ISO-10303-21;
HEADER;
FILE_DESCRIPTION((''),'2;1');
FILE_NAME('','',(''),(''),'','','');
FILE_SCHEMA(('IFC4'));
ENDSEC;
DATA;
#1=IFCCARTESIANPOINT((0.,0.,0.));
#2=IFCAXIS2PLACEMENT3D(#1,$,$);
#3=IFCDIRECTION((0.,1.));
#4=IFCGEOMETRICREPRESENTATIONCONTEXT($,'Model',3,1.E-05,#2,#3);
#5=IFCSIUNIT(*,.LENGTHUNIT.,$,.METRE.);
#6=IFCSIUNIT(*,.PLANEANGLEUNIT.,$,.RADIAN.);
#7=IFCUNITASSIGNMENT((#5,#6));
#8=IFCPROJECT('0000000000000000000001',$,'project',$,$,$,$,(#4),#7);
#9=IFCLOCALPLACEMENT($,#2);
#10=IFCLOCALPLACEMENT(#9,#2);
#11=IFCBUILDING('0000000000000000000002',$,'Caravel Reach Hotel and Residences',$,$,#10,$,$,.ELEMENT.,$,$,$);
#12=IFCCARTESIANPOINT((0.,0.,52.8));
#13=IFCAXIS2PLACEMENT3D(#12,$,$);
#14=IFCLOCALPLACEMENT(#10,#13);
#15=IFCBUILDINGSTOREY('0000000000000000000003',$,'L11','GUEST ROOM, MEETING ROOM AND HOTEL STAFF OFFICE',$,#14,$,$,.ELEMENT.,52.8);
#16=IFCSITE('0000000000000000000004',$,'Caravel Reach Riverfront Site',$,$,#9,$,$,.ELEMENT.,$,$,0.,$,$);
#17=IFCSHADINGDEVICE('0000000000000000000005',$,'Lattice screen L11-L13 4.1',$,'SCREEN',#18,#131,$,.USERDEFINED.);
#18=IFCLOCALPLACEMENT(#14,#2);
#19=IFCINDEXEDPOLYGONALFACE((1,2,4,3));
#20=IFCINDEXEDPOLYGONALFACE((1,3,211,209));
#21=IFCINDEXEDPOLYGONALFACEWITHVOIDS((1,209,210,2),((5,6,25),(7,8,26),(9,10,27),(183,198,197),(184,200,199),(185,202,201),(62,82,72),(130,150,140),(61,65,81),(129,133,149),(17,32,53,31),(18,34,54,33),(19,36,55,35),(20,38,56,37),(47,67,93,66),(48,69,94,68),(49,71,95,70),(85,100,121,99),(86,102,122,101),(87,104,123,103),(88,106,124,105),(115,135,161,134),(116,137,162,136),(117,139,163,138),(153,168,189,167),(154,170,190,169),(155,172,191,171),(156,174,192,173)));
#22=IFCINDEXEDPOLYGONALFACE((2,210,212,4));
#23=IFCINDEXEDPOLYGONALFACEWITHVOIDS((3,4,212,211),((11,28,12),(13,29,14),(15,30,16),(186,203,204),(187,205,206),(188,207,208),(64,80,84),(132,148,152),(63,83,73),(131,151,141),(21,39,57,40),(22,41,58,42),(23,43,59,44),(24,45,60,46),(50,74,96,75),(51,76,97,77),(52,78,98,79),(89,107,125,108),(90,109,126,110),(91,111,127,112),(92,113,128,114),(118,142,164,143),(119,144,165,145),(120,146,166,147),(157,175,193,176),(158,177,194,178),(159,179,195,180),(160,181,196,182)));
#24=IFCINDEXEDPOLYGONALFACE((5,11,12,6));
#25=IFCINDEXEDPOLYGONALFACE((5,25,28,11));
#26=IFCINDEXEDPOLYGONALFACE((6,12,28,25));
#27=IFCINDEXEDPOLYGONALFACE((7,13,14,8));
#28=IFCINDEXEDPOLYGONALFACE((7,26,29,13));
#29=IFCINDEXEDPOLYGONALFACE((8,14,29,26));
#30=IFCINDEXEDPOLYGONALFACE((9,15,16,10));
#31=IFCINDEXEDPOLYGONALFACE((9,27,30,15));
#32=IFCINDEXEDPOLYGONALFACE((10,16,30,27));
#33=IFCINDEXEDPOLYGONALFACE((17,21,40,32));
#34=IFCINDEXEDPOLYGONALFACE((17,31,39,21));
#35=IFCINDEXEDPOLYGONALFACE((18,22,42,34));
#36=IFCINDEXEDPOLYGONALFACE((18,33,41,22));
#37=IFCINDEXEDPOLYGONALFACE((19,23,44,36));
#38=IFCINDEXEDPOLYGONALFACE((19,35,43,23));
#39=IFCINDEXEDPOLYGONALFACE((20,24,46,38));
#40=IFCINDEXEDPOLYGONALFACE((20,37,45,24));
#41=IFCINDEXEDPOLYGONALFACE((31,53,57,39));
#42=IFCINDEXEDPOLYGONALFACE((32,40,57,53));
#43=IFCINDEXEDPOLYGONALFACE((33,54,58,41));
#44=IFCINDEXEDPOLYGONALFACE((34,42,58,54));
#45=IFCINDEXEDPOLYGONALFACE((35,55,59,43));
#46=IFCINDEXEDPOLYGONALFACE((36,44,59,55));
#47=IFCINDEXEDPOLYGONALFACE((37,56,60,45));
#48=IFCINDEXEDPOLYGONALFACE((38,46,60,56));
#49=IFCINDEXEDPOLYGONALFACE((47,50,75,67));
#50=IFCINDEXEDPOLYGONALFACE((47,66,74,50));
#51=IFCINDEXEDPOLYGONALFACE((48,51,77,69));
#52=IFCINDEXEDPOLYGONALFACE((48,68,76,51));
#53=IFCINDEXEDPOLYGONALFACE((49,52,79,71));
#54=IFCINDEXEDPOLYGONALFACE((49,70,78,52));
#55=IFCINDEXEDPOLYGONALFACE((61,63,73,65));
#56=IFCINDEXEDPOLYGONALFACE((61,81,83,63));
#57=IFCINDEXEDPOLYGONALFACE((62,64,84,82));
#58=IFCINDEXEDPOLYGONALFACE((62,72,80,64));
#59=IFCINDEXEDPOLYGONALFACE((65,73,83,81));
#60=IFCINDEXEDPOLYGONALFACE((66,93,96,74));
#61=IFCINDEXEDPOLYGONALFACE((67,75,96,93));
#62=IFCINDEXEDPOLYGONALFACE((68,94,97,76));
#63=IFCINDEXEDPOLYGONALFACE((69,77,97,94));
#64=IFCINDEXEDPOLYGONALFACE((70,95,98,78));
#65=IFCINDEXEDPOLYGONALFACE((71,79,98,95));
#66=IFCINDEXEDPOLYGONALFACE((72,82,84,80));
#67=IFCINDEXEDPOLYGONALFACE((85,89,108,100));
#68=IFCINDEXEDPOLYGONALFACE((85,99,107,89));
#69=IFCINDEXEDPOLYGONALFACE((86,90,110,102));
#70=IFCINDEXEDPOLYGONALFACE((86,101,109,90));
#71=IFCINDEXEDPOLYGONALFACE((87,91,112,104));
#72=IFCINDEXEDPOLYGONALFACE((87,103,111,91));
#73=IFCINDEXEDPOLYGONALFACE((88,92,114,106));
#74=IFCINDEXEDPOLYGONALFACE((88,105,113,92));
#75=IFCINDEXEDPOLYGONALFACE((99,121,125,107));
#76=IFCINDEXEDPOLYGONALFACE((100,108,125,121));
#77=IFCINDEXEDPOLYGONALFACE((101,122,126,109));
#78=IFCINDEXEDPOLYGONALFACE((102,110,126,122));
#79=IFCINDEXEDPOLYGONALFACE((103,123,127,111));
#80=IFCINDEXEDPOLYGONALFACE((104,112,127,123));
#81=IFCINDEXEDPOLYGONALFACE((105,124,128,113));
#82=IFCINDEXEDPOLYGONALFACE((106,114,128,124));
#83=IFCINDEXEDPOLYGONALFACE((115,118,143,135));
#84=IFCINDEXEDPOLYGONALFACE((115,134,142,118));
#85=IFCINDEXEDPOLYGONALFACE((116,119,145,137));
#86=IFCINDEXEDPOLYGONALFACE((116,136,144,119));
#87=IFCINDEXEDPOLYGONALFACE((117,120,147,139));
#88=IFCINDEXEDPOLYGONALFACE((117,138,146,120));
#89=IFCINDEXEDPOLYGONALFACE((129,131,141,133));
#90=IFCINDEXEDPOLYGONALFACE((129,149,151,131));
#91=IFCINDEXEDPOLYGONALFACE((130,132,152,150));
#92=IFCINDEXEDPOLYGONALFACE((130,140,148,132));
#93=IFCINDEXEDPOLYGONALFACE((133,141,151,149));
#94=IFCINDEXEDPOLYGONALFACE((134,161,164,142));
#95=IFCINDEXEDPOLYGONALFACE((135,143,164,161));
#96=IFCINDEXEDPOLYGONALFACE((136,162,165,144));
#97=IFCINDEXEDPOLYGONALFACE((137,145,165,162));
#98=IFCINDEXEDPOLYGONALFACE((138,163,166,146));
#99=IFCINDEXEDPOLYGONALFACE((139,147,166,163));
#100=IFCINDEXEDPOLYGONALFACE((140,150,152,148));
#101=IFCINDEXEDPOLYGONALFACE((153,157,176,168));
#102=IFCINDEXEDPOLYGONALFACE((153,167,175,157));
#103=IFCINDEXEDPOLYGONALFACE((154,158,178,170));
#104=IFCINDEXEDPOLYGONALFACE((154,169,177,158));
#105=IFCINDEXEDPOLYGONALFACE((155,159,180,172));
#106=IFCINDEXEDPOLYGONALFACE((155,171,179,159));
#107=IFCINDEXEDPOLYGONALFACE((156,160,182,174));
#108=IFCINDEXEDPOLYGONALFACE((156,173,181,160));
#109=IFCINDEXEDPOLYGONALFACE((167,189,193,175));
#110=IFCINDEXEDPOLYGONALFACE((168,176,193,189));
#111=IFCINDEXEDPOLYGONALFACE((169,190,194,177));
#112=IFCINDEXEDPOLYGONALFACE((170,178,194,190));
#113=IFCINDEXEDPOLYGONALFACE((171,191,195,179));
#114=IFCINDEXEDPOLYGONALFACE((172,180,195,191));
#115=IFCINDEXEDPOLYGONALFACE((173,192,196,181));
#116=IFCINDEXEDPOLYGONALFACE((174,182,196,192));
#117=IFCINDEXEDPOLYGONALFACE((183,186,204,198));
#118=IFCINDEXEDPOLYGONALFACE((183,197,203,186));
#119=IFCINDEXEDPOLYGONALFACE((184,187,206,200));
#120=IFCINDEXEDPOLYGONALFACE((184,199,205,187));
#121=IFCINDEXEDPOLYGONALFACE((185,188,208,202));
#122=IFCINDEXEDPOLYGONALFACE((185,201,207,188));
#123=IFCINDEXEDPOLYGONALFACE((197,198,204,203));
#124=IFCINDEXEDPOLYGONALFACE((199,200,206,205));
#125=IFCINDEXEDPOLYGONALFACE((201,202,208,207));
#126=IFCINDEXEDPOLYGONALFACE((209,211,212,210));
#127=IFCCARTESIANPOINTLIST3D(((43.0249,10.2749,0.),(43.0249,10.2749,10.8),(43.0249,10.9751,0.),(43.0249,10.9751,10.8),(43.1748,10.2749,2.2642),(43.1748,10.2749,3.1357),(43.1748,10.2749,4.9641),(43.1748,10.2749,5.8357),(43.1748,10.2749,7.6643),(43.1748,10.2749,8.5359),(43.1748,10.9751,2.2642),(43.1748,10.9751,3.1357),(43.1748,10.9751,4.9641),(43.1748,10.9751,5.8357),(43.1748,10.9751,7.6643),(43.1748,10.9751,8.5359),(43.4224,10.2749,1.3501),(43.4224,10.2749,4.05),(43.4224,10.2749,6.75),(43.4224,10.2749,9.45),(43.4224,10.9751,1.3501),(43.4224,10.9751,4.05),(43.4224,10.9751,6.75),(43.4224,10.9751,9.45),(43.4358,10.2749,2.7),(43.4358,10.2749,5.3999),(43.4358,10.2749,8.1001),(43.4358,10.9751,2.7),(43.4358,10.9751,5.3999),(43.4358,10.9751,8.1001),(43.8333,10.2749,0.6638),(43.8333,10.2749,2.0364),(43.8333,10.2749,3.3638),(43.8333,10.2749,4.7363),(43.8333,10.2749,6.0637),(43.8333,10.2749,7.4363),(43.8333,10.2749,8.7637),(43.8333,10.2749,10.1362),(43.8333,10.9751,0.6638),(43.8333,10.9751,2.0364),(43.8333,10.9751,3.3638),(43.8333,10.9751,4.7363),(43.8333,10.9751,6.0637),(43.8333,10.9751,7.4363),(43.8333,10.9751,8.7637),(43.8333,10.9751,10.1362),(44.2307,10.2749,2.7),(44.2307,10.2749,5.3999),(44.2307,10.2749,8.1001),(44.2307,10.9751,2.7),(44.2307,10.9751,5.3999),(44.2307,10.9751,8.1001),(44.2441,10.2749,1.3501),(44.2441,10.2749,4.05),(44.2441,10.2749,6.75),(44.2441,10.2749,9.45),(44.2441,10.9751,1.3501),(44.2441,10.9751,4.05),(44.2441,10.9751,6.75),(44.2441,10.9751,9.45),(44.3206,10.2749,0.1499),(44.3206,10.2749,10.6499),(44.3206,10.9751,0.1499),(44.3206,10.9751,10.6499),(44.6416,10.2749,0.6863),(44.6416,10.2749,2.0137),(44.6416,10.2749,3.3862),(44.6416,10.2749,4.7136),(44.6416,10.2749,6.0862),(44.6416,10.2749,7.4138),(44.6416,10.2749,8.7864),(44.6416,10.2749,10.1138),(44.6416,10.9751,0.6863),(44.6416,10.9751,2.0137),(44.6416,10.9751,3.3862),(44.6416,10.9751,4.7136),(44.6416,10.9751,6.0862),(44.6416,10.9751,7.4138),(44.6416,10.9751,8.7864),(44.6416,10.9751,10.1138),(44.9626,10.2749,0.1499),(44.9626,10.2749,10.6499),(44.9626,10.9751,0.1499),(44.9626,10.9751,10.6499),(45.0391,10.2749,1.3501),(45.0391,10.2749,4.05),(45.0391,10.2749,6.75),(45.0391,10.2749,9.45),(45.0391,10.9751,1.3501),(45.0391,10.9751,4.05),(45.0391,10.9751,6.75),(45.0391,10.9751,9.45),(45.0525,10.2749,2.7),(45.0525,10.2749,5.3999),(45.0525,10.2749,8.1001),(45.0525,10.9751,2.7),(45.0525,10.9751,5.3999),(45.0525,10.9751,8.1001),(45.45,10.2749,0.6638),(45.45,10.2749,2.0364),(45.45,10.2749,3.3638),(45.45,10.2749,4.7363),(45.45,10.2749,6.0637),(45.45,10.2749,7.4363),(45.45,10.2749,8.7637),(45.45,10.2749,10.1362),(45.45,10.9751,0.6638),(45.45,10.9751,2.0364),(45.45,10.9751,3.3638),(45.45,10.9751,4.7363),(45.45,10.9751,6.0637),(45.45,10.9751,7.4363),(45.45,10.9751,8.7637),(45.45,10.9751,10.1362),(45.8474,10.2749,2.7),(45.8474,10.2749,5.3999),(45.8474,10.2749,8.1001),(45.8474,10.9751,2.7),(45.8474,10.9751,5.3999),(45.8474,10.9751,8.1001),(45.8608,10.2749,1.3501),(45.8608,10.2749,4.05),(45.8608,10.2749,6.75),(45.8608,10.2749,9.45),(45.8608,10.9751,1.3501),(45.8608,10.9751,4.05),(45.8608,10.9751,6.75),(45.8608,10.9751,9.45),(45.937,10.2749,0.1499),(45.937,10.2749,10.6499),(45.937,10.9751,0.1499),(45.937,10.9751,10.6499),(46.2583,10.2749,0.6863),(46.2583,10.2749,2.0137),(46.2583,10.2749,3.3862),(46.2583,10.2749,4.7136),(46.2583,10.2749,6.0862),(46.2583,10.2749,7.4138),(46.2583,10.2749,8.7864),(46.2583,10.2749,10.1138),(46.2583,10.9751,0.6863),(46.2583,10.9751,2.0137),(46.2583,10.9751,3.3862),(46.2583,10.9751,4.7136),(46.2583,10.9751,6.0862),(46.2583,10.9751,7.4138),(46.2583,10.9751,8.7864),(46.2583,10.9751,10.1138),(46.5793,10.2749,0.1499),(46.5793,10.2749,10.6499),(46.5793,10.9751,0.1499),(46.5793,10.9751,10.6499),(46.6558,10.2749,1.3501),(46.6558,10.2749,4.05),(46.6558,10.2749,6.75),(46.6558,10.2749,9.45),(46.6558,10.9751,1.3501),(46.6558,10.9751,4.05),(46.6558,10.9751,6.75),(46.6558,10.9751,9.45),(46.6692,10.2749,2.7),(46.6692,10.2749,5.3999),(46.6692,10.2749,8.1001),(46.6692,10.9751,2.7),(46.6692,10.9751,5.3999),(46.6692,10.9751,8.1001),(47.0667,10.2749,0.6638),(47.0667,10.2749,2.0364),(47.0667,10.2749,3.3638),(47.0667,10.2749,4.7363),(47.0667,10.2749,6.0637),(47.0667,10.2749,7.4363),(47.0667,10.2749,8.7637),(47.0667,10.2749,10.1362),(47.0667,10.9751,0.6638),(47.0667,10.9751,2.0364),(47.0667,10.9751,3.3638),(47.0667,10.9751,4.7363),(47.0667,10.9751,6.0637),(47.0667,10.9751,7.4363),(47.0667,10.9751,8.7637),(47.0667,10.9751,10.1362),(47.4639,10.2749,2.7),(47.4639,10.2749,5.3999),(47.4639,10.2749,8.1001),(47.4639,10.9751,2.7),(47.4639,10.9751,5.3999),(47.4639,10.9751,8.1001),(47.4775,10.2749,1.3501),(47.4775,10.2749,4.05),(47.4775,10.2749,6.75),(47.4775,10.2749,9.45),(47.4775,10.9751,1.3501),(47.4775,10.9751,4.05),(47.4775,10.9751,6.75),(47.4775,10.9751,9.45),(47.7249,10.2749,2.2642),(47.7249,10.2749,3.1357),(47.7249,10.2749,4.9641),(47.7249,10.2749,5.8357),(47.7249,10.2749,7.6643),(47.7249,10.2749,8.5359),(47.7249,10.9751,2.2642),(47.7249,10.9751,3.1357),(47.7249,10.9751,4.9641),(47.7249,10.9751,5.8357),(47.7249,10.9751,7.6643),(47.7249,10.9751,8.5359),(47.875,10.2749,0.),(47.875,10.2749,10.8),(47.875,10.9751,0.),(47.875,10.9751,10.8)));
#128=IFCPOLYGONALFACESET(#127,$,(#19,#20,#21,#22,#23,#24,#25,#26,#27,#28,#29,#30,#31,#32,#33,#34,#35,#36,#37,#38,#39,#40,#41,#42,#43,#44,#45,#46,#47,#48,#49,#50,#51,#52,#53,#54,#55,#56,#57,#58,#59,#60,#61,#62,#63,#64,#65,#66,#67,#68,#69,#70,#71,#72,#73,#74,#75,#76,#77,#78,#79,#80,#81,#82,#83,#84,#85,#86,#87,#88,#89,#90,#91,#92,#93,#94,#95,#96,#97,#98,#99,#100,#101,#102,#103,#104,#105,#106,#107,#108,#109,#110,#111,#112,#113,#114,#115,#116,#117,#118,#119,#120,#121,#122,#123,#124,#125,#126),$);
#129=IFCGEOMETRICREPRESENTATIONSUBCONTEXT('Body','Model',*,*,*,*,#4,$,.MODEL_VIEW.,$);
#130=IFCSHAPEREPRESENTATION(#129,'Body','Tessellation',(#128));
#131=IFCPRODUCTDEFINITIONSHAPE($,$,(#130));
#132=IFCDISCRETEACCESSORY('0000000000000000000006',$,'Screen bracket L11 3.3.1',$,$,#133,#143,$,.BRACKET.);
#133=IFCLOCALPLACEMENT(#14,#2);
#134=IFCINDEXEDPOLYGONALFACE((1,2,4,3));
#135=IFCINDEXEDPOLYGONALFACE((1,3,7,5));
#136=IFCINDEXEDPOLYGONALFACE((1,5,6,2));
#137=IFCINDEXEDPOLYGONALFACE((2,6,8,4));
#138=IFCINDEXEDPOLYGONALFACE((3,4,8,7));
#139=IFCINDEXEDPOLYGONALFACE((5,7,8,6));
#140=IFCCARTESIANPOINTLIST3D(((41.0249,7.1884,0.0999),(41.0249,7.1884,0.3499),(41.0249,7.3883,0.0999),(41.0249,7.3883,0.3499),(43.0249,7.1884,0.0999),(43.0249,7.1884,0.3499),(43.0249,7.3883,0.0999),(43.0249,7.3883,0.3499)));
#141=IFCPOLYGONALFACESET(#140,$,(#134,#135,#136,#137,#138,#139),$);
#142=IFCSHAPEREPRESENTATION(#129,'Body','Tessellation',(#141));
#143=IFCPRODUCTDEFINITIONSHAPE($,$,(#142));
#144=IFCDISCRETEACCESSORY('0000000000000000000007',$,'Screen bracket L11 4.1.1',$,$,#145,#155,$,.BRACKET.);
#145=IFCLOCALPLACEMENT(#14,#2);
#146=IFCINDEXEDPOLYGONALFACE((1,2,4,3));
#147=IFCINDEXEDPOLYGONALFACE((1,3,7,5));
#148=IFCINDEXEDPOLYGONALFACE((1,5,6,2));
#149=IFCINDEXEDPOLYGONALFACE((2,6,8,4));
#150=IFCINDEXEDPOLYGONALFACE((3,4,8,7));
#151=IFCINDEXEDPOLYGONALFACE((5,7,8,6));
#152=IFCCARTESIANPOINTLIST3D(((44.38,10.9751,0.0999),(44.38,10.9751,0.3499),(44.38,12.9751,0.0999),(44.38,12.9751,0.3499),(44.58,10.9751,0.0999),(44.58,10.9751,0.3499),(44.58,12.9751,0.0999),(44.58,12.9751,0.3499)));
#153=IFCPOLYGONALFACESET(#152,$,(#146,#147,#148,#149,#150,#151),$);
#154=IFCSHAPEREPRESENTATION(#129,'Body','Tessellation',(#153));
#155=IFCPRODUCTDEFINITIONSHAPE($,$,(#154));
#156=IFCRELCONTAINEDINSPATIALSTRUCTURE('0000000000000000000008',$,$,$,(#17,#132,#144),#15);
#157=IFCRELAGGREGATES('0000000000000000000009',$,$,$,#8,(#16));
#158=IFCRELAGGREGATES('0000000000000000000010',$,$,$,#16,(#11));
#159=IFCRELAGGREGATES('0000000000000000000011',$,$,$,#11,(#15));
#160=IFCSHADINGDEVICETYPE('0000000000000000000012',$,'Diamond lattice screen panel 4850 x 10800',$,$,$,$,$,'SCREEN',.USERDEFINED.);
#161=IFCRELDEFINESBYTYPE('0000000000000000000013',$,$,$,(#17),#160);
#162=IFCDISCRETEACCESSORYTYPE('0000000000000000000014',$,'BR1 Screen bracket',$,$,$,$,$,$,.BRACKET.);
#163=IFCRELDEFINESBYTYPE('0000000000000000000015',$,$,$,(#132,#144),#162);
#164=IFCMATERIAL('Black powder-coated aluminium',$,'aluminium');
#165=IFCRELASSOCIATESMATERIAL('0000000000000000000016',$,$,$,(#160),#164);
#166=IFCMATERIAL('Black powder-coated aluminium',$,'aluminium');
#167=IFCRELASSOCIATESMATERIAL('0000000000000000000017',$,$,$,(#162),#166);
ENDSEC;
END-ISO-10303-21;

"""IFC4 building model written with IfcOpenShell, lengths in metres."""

from ifc_helpers import new_model, si_unit, direction, frame, origin, origin_2d, place, context, subcontext, project, spatial, polyline, rectangle, outline, extrude, material, type_object, element, save


model = new_model("IFC4")

# Units and contexts
model_context = context("Model", 3, precision=1e-05, world=origin(), true_north=direction((0.0, 1.0)))
body_context = subcontext(model_context, "Body", "Model", "MODEL_VIEW")
ifc_project = project(units=[si_unit("LENGTHUNIT", "METRE"), si_unit("PLANEANGLEUNIT", "RADIAN")], contexts=[model_context])

# Site, building, storey
site_placement = place(None, origin())
site = spatial("IfcSite", under=ifc_project, at=site_placement, Name="Caravel Reach Riverfront Site", CompositionType="ELEMENT", RefElevation=0.0)
building_placement = place(site_placement, origin())
building = spatial("IfcBuilding", under=site, at=building_placement, Name="Caravel Reach Hotel and Residences", CompositionType="ELEMENT")
storey_placement = place(building_placement, frame((0.0, 0.0, 52.8)))
storey = spatial("IfcBuildingStorey", under=building, at=storey_placement, Name="L11", Description="GUEST ROOM, MEETING ROOM AND HOTEL STAFF OFFICE", CompositionType="ELEMENT", Elevation=52.8)

# Shading device
ifc_material_1 = material(Name="Black powder-coated aluminium", Category="aluminium")
shading_device_type_1 = type_object("IfcShadingDeviceType", Name="Diamond lattice screen panel 4850 x 10800", ElementType="SCREEN", PredefinedType="USERDEFINED", material=ifc_material_1)
shading_device_1_placement = place(storey_placement, frame((43.0249, 10.9751, 0.0), z_axis=(0.0, -1.0, 0.0), x_axis=(1.0, 0.0, 0.0)))
element("IfcShadingDevice", 1, at=shading_device_1_placement, inside=storey, type_object=shading_device_type_1, Name="Lattice screen L11-L13 4.1", ObjectType="SCREEN", PredefinedType="USERDEFINED", context=body_context, shape_type="SweptSolid", body=[
    extrude(outline(polyline([(0.0, 0.0), (4.8501, 0.0), (4.8501, 10.8), (0.0, 10.8), (0.0, 0.0)]), holes=[polyline([(0.4109, 2.7), (0.1499, 3.1357), (0.1499, 2.2642), (0.4109, 2.7)]), polyline([(0.4109, 5.3999), (0.1499, 5.8357), (0.1499, 4.9641), (0.4109, 5.3999)]), polyline([(0.4109, 8.1001), (0.1499, 8.5359), (0.1499, 7.6643), (0.4109, 8.1001)]), polyline([(0.8083, 2.0364), (0.3975, 1.3501), (0.8083, 0.6638), (1.2192, 1.3501), (0.8083, 2.0364)]), polyline([(0.8083, 4.7363), (0.3975, 4.05), (0.8083, 3.3638), (1.2192, 4.05), (0.8083, 4.7363)]), polyline([(0.8083, 7.4363), (0.3975, 6.75), (0.8083, 6.0637), (1.2192, 6.75), (0.8083, 7.4363)]), polyline([(0.8083, 10.1362), (0.3975, 9.45), (0.8083, 8.7637), (1.2192, 9.45), (0.8083, 10.1362)]), polyline([(1.6167, 0.6863), (1.2957, 0.1499), (1.9377, 0.1499), (1.6167, 0.6863)]), polyline([(1.6167, 3.3862), (1.2058, 2.7), (1.6167, 2.0137), (2.0276, 2.7), (1.6167, 3.3862)]), polyline([(1.6167, 6.0862), (1.2058, 5.3999), (1.6167, 4.7136), (2.0276, 5.3999), (1.6167, 6.0862)]), polyline([(1.6167, 8.7864), (1.2058, 8.1001), (1.6167, 7.4138), (2.0276, 8.1001), (1.6167, 8.7864)]), polyline([(1.6167, 10.1138), (1.9377, 10.6499), (1.2957, 10.6499), (1.6167, 10.1138)]), polyline([(2.425, 2.0364), (2.0142, 1.3501), (2.425, 0.6638), (2.8359, 1.3501), (2.425, 2.0364)]), polyline([(2.425, 4.7363), (2.0142, 4.05), (2.425, 3.3638), (2.8359, 4.05), (2.425, 4.7363)]), polyline([(2.425, 7.4363), (2.0142, 6.75), (2.425, 6.0637), (2.8359, 6.75), (2.425, 7.4363)]), polyline([(2.425, 10.1362), (2.0142, 9.45), (2.425, 8.7637), (2.8359, 9.45), (2.425, 10.1362)]), polyline([(3.2334, 0.6863), (2.9121, 0.1499), (3.5544, 0.1499), (3.2334, 0.6863)]), polyline([(3.2334, 3.3862), (2.8225, 2.7), (3.2334, 2.0137), (3.6443, 2.7), (3.2334, 3.3862)]), polyline([(3.2334, 6.0862), (2.8225, 5.3999), (3.2334, 4.7136), (3.6443, 5.3999), (3.2334, 6.0862)]), polyline([(3.2334, 8.7864), (2.8225, 8.1001), (3.2334, 7.4138), (3.6443, 8.1001), (3.2334, 8.7864)]), polyline([(3.2334, 10.1138), (3.5544, 10.6499), (2.9121, 10.6499), (3.2334, 10.1138)]), polyline([(4.0417, 2.0364), (3.6309, 1.3501), (4.0417, 0.6638), (4.4526, 1.3501), (4.0417, 2.0364)]), polyline([(4.0417, 4.7363), (3.6309, 4.05), (4.0417, 3.3638), (4.4526, 4.05), (4.0417, 4.7363)]), polyline([(4.0417, 7.4363), (3.6309, 6.75), (4.0417, 6.0637), (4.4526, 6.75), (4.0417, 7.4363)]), polyline([(4.0417, 10.1362), (3.6309, 9.45), (4.0417, 8.7637), (4.4526, 9.45), (4.0417, 10.1362)]), polyline([(4.439, 2.7), (4.7, 2.2642), (4.7, 3.1357), (4.439, 2.7)]), polyline([(4.439, 5.3999), (4.7, 4.9641), (4.7, 5.8357), (4.439, 5.3999)]), polyline([(4.439, 8.1001), (4.7, 7.6643), (4.7, 8.5359), (4.439, 8.1001)])]), origin(), (0.0, 0.0, 1.0), 0.7002),
])

# Discrete accessories
ifc_material_2 = material(Name="Black powder-coated aluminium", Category="aluminium")
discrete_accessory_type = type_object("IfcDiscreteAccessoryType", Name="BR1 Screen bracket", PredefinedType="BRACKET", material=ifc_material_2)
for number, where, z_axis, x_axis, name in (
    (2, (42.0249, 7.2883, 0.0999), (0.0, 0.0, 1.0), (1.0, 0.0, 0.0), "Screen bracket L11 3.3.1"),
    (3, (44.48, 11.9751, 0.0999), (0.0, 0.0, 1.0), (0.0, -1.0, 0.0), "Screen bracket L11 4.1.1"),
):
    element("IfcDiscreteAccessory", number, at=place(storey_placement, frame(where, z_axis=z_axis, x_axis=x_axis)), inside=storey, type_object=discrete_accessory_type, Name=name, PredefinedType="BRACKET", context=body_context, shape_type="SweptSolid", body=[
        extrude(rectangle(XDim=2.0, YDim=0.2, at=origin_2d()), origin(), (0.0, 0.0, 1.0), 0.25),
    ])

save(model, "model.ifc")
